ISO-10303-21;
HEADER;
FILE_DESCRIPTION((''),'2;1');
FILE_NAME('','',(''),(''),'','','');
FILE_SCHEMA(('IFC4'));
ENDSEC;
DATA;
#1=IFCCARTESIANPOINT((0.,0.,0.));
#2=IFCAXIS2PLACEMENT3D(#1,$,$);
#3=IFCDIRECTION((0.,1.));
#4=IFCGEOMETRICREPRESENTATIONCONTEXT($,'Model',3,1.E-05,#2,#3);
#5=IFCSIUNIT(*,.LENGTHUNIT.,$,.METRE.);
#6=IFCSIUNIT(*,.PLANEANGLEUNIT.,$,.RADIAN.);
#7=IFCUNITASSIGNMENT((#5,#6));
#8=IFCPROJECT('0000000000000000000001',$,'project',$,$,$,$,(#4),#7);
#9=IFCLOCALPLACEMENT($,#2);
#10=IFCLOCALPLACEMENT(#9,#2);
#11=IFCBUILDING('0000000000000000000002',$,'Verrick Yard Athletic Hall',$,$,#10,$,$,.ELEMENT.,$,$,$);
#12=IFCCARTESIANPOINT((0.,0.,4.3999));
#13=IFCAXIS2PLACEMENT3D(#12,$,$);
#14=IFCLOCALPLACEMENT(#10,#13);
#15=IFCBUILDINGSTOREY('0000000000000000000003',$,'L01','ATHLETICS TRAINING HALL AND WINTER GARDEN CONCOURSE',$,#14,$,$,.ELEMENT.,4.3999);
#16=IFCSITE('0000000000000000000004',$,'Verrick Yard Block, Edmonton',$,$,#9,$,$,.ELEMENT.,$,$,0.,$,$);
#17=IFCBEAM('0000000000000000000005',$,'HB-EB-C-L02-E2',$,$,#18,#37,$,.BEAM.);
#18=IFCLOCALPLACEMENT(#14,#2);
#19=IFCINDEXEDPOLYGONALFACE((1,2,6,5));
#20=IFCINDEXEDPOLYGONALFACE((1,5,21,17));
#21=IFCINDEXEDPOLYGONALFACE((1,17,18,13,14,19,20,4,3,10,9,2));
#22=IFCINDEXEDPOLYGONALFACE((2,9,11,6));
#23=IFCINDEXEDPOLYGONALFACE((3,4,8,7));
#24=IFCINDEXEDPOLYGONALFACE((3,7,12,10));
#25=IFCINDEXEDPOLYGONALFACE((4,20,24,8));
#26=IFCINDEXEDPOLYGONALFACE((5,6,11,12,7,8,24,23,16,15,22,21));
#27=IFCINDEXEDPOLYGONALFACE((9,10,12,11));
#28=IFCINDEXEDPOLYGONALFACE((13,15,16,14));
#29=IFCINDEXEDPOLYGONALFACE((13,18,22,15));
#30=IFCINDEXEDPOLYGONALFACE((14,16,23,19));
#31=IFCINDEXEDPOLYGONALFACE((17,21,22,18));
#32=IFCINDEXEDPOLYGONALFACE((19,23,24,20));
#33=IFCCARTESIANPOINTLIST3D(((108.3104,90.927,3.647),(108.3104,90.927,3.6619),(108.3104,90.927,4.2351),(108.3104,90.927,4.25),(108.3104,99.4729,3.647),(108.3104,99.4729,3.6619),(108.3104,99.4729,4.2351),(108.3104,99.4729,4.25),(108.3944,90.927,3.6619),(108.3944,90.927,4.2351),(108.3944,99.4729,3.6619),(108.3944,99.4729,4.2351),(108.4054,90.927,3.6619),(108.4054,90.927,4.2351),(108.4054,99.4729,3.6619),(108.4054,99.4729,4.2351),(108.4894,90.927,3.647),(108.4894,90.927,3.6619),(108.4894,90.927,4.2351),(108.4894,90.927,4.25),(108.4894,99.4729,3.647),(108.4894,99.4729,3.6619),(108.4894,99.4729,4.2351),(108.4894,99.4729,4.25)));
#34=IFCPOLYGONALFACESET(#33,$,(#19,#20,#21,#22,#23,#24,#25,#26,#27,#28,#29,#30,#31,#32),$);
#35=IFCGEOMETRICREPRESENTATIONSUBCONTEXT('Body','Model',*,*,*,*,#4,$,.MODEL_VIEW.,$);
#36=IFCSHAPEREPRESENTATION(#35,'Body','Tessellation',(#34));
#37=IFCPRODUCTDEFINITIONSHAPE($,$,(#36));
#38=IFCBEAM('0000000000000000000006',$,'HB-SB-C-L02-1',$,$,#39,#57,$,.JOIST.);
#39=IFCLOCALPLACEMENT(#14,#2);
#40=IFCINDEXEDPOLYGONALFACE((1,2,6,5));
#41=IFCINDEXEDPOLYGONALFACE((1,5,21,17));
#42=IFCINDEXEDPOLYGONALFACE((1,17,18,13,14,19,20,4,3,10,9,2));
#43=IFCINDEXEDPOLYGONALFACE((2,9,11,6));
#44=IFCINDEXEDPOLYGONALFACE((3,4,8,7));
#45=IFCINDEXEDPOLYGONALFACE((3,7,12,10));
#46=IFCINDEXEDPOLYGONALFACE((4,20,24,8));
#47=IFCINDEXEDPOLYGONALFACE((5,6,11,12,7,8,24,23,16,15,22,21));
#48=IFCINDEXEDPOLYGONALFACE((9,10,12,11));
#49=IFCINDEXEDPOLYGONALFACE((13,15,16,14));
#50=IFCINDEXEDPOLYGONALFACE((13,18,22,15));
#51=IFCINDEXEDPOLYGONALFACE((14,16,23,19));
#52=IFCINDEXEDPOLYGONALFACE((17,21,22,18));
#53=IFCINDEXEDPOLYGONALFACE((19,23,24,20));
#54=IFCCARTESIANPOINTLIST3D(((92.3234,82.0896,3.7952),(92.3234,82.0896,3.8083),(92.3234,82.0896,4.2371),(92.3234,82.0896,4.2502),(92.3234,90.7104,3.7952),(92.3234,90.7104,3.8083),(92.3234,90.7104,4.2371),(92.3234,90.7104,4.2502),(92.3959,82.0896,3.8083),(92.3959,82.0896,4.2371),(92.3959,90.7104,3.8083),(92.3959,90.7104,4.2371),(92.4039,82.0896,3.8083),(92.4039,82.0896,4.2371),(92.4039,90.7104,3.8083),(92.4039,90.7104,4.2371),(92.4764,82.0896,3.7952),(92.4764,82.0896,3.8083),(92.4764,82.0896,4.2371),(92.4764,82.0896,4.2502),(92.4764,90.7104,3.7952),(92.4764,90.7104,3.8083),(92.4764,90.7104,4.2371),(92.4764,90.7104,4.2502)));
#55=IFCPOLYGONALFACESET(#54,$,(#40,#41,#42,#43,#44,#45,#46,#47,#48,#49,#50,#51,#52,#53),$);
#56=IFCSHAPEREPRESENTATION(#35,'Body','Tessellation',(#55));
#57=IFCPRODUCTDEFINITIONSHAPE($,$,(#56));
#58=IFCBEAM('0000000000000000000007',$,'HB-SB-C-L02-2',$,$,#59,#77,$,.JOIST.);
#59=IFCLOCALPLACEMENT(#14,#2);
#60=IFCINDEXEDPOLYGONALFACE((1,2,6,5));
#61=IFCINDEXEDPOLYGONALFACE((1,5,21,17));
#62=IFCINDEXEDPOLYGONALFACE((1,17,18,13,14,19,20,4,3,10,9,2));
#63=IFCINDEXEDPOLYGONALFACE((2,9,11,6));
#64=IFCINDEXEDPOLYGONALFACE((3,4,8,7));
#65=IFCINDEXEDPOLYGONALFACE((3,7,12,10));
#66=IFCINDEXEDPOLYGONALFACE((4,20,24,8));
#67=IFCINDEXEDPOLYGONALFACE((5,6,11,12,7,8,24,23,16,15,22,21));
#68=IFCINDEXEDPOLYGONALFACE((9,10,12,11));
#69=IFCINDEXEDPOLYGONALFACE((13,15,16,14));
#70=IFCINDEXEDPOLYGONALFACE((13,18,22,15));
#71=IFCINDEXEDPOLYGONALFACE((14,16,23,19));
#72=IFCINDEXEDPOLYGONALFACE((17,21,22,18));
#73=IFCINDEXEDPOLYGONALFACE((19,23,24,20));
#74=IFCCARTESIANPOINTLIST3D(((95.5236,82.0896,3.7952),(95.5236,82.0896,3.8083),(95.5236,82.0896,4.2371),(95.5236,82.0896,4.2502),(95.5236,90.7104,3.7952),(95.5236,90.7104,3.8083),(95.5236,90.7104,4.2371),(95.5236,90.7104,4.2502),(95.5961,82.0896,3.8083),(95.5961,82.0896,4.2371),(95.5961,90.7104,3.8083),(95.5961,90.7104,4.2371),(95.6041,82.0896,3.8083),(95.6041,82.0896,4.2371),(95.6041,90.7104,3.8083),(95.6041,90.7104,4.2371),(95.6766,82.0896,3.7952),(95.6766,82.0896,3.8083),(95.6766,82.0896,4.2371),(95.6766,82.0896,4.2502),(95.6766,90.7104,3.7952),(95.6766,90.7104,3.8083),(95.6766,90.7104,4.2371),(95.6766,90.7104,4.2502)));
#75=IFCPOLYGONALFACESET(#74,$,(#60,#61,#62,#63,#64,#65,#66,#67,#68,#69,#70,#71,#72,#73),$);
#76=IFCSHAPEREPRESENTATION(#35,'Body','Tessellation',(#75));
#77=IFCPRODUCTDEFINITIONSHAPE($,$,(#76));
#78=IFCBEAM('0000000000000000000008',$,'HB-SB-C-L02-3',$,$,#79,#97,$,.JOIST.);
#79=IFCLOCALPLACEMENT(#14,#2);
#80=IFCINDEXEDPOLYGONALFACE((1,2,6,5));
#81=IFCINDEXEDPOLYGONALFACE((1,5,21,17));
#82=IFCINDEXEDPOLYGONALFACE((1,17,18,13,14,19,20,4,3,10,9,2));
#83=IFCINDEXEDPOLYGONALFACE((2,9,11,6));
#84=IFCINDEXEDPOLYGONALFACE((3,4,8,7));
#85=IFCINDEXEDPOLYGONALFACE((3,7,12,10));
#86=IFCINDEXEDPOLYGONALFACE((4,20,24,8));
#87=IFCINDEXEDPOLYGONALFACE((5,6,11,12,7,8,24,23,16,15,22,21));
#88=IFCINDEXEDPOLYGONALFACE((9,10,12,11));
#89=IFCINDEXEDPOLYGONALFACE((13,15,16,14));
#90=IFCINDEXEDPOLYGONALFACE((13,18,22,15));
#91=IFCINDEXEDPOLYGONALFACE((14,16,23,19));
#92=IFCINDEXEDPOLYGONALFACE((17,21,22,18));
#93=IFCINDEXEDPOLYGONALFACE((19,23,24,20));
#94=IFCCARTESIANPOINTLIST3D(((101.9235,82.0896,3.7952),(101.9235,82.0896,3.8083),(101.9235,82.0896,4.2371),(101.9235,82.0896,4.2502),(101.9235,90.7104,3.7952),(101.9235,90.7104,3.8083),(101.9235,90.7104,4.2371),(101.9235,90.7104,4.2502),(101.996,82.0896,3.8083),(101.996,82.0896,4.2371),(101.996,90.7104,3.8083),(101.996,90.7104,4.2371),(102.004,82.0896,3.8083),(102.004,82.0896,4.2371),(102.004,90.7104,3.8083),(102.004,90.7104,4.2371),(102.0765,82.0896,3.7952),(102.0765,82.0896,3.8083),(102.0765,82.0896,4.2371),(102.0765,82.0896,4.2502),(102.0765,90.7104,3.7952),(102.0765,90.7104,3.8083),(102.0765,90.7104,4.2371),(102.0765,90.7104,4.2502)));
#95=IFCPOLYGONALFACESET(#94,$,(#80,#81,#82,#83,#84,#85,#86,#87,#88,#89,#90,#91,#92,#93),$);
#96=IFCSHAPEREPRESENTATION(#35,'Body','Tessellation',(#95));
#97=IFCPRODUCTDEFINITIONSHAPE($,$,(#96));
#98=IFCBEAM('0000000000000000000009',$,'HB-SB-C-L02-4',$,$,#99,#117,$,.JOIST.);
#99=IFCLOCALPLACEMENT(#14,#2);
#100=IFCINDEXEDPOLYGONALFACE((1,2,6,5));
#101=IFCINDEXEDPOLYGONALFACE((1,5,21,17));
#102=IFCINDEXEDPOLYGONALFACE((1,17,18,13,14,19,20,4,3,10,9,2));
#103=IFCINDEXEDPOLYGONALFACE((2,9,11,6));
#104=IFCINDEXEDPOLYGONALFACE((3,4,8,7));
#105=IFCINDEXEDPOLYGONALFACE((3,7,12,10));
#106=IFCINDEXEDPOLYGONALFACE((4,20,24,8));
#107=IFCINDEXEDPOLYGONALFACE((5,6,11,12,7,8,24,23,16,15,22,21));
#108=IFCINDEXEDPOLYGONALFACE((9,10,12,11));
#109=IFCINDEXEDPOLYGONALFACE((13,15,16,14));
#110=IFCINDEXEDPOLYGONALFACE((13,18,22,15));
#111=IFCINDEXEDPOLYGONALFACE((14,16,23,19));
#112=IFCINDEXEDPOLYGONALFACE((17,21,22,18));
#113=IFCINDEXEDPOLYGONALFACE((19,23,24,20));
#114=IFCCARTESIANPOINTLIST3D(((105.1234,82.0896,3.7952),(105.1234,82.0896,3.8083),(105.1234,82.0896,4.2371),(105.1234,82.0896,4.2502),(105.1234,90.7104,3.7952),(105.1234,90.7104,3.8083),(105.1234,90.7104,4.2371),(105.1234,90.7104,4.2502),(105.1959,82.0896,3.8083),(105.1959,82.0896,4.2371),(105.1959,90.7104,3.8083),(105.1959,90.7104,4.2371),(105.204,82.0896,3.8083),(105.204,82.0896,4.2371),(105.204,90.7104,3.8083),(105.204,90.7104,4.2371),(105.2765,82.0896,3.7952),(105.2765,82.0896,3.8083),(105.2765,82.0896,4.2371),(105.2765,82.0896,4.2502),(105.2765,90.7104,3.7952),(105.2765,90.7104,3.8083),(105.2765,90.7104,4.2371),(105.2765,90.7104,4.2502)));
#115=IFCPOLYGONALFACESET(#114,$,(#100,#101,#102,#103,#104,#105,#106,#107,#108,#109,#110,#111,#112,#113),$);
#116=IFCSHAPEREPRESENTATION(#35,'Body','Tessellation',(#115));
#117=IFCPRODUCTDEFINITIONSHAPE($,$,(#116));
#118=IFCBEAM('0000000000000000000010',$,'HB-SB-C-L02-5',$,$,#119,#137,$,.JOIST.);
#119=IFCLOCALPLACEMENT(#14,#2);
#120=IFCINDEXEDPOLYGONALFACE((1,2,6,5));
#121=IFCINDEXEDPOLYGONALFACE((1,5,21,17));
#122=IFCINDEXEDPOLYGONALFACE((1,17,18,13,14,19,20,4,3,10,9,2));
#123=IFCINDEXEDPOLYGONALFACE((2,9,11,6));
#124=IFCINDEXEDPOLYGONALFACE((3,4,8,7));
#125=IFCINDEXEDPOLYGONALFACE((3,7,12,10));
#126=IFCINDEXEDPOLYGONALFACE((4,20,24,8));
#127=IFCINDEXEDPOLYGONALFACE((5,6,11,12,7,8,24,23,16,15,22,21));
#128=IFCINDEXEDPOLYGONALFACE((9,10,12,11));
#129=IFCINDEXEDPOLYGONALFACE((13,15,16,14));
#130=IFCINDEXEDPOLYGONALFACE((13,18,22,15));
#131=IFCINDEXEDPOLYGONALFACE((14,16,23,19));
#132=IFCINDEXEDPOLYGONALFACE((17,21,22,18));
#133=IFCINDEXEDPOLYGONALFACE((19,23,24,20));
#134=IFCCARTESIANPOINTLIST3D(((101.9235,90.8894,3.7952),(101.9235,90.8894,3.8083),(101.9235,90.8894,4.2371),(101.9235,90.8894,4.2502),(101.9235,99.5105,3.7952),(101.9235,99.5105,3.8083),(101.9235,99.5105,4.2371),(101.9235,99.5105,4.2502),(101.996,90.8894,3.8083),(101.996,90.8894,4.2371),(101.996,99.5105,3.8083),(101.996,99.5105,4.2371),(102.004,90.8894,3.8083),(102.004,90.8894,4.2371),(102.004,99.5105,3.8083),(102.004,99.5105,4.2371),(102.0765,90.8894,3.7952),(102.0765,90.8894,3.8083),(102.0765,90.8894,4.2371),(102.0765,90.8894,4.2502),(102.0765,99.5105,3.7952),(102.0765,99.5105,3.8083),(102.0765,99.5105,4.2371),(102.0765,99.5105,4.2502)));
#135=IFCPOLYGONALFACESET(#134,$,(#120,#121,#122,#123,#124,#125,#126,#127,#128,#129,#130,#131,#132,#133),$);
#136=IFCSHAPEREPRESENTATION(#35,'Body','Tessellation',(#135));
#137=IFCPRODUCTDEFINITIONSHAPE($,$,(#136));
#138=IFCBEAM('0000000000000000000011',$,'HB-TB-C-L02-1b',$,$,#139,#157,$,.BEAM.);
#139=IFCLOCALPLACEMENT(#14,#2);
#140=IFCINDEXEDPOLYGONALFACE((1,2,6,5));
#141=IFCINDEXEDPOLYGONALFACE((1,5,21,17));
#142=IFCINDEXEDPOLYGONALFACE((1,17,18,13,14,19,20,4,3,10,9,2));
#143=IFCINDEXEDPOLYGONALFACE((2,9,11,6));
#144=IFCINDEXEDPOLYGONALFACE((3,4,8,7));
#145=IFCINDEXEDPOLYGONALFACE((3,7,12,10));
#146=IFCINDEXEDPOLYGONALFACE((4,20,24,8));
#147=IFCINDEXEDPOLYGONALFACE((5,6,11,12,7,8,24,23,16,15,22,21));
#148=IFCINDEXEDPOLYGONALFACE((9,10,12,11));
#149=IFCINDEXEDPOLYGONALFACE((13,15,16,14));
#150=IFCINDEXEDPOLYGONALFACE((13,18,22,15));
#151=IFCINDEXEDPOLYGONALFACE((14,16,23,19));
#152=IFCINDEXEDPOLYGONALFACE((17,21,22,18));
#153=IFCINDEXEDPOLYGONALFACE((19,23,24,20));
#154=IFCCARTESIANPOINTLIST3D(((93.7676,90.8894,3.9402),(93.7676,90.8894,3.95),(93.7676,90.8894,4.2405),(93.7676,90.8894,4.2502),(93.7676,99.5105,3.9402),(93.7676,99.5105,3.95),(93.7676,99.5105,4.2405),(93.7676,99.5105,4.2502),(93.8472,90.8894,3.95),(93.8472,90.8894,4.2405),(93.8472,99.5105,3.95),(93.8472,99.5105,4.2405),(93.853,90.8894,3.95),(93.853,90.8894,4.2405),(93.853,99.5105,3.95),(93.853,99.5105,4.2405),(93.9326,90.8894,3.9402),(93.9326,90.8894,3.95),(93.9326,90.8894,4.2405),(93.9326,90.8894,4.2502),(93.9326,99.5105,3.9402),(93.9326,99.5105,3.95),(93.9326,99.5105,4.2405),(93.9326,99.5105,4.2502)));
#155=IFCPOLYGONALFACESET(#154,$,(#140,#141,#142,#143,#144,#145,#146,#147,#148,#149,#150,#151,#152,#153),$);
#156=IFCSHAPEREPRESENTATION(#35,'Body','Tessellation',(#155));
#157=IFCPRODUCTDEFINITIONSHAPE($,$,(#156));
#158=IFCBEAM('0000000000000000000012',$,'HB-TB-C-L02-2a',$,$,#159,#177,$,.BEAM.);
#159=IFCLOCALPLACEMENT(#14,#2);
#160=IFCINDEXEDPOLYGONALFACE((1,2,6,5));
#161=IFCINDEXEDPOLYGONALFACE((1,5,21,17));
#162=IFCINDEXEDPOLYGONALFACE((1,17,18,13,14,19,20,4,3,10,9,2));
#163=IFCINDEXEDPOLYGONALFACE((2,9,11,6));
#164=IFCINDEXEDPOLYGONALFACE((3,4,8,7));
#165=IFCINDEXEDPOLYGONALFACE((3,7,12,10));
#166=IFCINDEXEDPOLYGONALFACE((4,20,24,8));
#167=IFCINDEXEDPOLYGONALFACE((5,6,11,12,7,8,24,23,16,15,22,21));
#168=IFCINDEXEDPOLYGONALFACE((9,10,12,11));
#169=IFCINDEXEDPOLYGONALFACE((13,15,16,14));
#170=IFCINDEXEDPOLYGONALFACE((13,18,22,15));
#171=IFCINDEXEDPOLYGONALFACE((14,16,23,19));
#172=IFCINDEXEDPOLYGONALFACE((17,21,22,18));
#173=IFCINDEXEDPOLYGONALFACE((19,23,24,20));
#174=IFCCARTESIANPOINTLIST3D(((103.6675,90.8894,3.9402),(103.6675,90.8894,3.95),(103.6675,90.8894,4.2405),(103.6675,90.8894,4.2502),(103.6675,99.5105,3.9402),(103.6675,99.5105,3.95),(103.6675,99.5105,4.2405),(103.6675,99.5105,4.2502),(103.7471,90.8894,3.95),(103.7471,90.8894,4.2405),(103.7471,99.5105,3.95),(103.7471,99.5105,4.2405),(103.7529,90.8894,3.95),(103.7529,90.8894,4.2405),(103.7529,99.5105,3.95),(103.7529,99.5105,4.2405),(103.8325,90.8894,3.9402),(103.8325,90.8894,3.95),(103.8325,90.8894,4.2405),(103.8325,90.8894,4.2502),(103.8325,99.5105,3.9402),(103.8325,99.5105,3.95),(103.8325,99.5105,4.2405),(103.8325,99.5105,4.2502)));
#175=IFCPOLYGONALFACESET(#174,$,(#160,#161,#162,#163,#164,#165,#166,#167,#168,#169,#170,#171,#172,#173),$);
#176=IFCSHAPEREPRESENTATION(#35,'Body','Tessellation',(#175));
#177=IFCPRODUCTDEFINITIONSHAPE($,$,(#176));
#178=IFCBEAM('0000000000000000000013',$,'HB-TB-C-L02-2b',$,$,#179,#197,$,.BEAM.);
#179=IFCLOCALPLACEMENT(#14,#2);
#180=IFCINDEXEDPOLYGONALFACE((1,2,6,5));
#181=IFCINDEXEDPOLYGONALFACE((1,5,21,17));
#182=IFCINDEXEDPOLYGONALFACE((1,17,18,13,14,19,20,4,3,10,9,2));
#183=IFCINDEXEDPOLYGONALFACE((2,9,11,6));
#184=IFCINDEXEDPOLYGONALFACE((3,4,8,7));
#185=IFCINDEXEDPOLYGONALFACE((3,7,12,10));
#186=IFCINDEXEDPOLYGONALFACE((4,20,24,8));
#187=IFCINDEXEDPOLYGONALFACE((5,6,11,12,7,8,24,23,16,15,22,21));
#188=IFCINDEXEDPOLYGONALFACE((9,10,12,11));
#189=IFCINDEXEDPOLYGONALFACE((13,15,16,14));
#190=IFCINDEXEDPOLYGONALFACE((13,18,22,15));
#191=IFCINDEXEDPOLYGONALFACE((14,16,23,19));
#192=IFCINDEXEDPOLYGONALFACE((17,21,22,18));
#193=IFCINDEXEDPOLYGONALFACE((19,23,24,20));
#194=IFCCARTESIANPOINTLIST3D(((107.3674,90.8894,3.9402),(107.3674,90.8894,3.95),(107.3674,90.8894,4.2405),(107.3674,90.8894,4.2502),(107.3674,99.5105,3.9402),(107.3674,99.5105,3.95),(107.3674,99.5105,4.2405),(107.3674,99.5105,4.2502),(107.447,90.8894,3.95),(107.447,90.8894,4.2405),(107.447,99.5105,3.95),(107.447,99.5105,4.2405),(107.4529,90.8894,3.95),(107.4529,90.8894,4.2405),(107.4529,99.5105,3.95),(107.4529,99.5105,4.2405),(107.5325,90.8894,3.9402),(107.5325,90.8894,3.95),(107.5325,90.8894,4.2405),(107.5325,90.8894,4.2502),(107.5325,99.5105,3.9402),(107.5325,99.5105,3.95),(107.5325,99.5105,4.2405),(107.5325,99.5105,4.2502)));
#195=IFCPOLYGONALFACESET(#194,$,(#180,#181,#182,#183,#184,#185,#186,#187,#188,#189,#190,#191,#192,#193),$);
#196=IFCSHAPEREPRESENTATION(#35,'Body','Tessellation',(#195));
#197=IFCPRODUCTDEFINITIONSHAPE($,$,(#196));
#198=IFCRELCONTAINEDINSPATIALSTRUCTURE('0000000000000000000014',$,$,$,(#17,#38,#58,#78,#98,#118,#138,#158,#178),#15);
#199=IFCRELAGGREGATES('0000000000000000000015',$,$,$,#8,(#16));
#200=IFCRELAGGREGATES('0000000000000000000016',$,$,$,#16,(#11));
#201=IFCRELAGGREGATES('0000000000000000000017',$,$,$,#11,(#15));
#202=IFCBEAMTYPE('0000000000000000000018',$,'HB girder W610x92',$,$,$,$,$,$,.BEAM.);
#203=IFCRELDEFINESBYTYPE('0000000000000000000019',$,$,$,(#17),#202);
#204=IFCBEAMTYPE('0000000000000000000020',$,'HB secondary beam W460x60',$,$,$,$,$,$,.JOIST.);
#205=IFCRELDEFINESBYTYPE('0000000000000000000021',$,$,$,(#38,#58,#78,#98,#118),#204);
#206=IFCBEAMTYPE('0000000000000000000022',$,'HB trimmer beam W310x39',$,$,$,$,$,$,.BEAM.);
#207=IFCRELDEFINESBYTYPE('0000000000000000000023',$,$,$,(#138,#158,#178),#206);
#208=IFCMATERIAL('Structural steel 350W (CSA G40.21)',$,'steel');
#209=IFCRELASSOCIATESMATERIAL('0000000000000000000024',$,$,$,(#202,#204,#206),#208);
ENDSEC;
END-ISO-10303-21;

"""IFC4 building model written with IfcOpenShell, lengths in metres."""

from ifc_helpers import new_model, si_unit, direction, frame, origin, origin_2d, place, context, subcontext, project, spatial, i_section, extrude, material, material_profile, profile_set, type_object, element, save


model = new_model("IFC4")

# Units and contexts
model_context = context("Model", 3, precision=1e-05, world=origin(), true_north=direction((0.0, 1.0)))
body_context = subcontext(model_context, "Body", "Model", "MODEL_VIEW")
ifc_project = project(units=[si_unit("LENGTHUNIT", "METRE"), si_unit("PLANEANGLEUNIT", "RADIAN")], contexts=[model_context])

# Site, building, storey
site_placement = place(None, origin())
site = spatial("IfcSite", under=ifc_project, at=site_placement, Name="Verrick Yard Block, Edmonton", CompositionType="ELEMENT", RefElevation=0.0)
building_placement = place(site_placement, origin())
building = spatial("IfcBuilding", under=site, at=building_placement, Name="Verrick Yard Athletic Hall", CompositionType="ELEMENT")
storey_placement = place(building_placement, frame((0.0, 0.0, 4.3999)))
storey = spatial("IfcBuildingStorey", under=building, at=storey_placement, Name="L01", Description="ATHLETICS TRAINING HALL AND WINTER GARDEN CONCOURSE", CompositionType="ELEMENT", Elevation=4.3999)

# Beams
ifc_material_1 = material(Name="Structural steel 350W (CSA G40.21)", Category="steel")
ifc_material_profile_1 = material_profile(ifc_material_1, i_section(OverallWidth=0.179, OverallDepth=0.603, WebThickness=0.011, FlangeThickness=0.0149, at=origin_2d()), Name="W610x92")
ifc_profile_set_1 = profile_set([ifc_material_profile_1], Name="Structural steel 350W (CSA G40.21)")
beam_type_1 = type_object("IfcBeamType", Name="HB girder W610x92", PredefinedType="BEAM", material=ifc_profile_set_1)
beam_1_placement = place(storey_placement, frame((108.3999, 90.927, 3.9485), z_axis=(0.0, 1.0, 0.0), x_axis=(-1.0, 0.0, 0.0)))
element("IfcBeam", 1, at=beam_1_placement, inside=storey, type_object=beam_type_1, Name="HB-EB-C-L02-E2", PredefinedType="BEAM", context=body_context, shape_type="SweptSolid", body=[
    extrude(i_section(OverallWidth=0.179, OverallDepth=0.603, WebThickness=0.011, FlangeThickness=0.0149, at=origin_2d()), origin(), (0.0, 0.0, 1.0), 8.5459),
])
ifc_material_profile_2 = material_profile(ifc_material_1, i_section(OverallWidth=0.1531, OverallDepth=0.4551, WebThickness=0.0081, FlangeThickness=0.0132, at=origin_2d()), Name="W460x60")
ifc_profile_set_2 = profile_set([ifc_material_profile_2], Name="Structural steel 350W (CSA G40.21)")
beam_type_2 = type_object("IfcBeamType", Name="HB secondary beam W460x60", PredefinedType="JOIST", material=ifc_profile_set_2)
for number, where, z_axis, x_axis, name in (
    (2, (92.3999, 82.0896, 4.0227), (0.0, 1.0, 0.0), (-1.0, 0.0, 0.0), "HB-SB-C-L02-1"),
    (3, (95.6001, 82.0896, 4.0227), (0.0, 1.0, 0.0), (-1.0, 0.0, 0.0), "HB-SB-C-L02-2"),
    (4, (102.0, 82.0896, 4.0227), (0.0, 1.0, 0.0), (-1.0, 0.0, 0.0), "HB-SB-C-L02-3"),
    (5, (105.2, 82.0896, 4.0227), (0.0, 1.0, 0.0), (-1.0, 0.0, 0.0), "HB-SB-C-L02-4"),
):
    element("IfcBeam", number, at=place(storey_placement, frame(where, z_axis=z_axis, x_axis=x_axis)), inside=storey, type_object=beam_type_2, Name=name, PredefinedType="JOIST", context=body_context, shape_type="SweptSolid", body=[
        extrude(i_section(OverallWidth=0.1531, OverallDepth=0.4551, WebThickness=0.0081, FlangeThickness=0.0132, at=origin_2d()), origin(), (0.0, 0.0, 1.0), 8.6208),
    ])
beam_2_placement = place(storey_placement, frame((102.0, 90.8894, 4.0227), z_axis=(0.0, 1.0, 0.0), x_axis=(-1.0, 0.0, 0.0)))
element("IfcBeam", 6, at=beam_2_placement, inside=storey, type_object=beam_type_2, Name="HB-SB-C-L02-5", PredefinedType="JOIST", context=body_context, shape_type="SweptSolid", body=[
    extrude(i_section(OverallWidth=0.1531, OverallDepth=0.4551, WebThickness=0.0081, FlangeThickness=0.0132, at=origin_2d()), origin(), (0.0, 0.0, 1.0), 8.6211),
])
ifc_material_profile_3 = material_profile(ifc_material_1, i_section(OverallWidth=0.165, OverallDepth=0.3101, WebThickness=0.0059, FlangeThickness=0.0098, at=origin_2d()), Name="W310x39")
ifc_profile_set_3 = profile_set([ifc_material_profile_3], Name="Structural steel 350W (CSA G40.21)")
beam_type_3 = type_object("IfcBeamType", Name="HB trimmer beam W310x39", PredefinedType="BEAM", material=ifc_profile_set_3)
for number, where, z_axis, x_axis, name in (
    (7, (93.8501, 90.8894, 4.0952), (0.0, 1.0, 0.0), (-1.0, 0.0, 0.0), "HB-TB-C-L02-1b"),
    (8, (103.75, 90.8894, 4.0952), (0.0, 1.0, 0.0), (-1.0, 0.0, 0.0), "HB-TB-C-L02-2a"),
    (9, (107.45, 90.8894, 4.0952), (0.0, 1.0, 0.0), (-1.0, 0.0, 0.0), "HB-TB-C-L02-2b"),
):
    element("IfcBeam", number, at=place(storey_placement, frame(where, z_axis=z_axis, x_axis=x_axis)), inside=storey, type_object=beam_type_3, Name=name, PredefinedType="BEAM", context=body_context, shape_type="SweptSolid", body=[
        extrude(i_section(OverallWidth=0.165, OverallDepth=0.3101, WebThickness=0.0059, FlangeThickness=0.0098, at=origin_2d()), origin(), (0.0, 0.0, 1.0), 8.6211),
    ])

save(model, "model.ifc")
